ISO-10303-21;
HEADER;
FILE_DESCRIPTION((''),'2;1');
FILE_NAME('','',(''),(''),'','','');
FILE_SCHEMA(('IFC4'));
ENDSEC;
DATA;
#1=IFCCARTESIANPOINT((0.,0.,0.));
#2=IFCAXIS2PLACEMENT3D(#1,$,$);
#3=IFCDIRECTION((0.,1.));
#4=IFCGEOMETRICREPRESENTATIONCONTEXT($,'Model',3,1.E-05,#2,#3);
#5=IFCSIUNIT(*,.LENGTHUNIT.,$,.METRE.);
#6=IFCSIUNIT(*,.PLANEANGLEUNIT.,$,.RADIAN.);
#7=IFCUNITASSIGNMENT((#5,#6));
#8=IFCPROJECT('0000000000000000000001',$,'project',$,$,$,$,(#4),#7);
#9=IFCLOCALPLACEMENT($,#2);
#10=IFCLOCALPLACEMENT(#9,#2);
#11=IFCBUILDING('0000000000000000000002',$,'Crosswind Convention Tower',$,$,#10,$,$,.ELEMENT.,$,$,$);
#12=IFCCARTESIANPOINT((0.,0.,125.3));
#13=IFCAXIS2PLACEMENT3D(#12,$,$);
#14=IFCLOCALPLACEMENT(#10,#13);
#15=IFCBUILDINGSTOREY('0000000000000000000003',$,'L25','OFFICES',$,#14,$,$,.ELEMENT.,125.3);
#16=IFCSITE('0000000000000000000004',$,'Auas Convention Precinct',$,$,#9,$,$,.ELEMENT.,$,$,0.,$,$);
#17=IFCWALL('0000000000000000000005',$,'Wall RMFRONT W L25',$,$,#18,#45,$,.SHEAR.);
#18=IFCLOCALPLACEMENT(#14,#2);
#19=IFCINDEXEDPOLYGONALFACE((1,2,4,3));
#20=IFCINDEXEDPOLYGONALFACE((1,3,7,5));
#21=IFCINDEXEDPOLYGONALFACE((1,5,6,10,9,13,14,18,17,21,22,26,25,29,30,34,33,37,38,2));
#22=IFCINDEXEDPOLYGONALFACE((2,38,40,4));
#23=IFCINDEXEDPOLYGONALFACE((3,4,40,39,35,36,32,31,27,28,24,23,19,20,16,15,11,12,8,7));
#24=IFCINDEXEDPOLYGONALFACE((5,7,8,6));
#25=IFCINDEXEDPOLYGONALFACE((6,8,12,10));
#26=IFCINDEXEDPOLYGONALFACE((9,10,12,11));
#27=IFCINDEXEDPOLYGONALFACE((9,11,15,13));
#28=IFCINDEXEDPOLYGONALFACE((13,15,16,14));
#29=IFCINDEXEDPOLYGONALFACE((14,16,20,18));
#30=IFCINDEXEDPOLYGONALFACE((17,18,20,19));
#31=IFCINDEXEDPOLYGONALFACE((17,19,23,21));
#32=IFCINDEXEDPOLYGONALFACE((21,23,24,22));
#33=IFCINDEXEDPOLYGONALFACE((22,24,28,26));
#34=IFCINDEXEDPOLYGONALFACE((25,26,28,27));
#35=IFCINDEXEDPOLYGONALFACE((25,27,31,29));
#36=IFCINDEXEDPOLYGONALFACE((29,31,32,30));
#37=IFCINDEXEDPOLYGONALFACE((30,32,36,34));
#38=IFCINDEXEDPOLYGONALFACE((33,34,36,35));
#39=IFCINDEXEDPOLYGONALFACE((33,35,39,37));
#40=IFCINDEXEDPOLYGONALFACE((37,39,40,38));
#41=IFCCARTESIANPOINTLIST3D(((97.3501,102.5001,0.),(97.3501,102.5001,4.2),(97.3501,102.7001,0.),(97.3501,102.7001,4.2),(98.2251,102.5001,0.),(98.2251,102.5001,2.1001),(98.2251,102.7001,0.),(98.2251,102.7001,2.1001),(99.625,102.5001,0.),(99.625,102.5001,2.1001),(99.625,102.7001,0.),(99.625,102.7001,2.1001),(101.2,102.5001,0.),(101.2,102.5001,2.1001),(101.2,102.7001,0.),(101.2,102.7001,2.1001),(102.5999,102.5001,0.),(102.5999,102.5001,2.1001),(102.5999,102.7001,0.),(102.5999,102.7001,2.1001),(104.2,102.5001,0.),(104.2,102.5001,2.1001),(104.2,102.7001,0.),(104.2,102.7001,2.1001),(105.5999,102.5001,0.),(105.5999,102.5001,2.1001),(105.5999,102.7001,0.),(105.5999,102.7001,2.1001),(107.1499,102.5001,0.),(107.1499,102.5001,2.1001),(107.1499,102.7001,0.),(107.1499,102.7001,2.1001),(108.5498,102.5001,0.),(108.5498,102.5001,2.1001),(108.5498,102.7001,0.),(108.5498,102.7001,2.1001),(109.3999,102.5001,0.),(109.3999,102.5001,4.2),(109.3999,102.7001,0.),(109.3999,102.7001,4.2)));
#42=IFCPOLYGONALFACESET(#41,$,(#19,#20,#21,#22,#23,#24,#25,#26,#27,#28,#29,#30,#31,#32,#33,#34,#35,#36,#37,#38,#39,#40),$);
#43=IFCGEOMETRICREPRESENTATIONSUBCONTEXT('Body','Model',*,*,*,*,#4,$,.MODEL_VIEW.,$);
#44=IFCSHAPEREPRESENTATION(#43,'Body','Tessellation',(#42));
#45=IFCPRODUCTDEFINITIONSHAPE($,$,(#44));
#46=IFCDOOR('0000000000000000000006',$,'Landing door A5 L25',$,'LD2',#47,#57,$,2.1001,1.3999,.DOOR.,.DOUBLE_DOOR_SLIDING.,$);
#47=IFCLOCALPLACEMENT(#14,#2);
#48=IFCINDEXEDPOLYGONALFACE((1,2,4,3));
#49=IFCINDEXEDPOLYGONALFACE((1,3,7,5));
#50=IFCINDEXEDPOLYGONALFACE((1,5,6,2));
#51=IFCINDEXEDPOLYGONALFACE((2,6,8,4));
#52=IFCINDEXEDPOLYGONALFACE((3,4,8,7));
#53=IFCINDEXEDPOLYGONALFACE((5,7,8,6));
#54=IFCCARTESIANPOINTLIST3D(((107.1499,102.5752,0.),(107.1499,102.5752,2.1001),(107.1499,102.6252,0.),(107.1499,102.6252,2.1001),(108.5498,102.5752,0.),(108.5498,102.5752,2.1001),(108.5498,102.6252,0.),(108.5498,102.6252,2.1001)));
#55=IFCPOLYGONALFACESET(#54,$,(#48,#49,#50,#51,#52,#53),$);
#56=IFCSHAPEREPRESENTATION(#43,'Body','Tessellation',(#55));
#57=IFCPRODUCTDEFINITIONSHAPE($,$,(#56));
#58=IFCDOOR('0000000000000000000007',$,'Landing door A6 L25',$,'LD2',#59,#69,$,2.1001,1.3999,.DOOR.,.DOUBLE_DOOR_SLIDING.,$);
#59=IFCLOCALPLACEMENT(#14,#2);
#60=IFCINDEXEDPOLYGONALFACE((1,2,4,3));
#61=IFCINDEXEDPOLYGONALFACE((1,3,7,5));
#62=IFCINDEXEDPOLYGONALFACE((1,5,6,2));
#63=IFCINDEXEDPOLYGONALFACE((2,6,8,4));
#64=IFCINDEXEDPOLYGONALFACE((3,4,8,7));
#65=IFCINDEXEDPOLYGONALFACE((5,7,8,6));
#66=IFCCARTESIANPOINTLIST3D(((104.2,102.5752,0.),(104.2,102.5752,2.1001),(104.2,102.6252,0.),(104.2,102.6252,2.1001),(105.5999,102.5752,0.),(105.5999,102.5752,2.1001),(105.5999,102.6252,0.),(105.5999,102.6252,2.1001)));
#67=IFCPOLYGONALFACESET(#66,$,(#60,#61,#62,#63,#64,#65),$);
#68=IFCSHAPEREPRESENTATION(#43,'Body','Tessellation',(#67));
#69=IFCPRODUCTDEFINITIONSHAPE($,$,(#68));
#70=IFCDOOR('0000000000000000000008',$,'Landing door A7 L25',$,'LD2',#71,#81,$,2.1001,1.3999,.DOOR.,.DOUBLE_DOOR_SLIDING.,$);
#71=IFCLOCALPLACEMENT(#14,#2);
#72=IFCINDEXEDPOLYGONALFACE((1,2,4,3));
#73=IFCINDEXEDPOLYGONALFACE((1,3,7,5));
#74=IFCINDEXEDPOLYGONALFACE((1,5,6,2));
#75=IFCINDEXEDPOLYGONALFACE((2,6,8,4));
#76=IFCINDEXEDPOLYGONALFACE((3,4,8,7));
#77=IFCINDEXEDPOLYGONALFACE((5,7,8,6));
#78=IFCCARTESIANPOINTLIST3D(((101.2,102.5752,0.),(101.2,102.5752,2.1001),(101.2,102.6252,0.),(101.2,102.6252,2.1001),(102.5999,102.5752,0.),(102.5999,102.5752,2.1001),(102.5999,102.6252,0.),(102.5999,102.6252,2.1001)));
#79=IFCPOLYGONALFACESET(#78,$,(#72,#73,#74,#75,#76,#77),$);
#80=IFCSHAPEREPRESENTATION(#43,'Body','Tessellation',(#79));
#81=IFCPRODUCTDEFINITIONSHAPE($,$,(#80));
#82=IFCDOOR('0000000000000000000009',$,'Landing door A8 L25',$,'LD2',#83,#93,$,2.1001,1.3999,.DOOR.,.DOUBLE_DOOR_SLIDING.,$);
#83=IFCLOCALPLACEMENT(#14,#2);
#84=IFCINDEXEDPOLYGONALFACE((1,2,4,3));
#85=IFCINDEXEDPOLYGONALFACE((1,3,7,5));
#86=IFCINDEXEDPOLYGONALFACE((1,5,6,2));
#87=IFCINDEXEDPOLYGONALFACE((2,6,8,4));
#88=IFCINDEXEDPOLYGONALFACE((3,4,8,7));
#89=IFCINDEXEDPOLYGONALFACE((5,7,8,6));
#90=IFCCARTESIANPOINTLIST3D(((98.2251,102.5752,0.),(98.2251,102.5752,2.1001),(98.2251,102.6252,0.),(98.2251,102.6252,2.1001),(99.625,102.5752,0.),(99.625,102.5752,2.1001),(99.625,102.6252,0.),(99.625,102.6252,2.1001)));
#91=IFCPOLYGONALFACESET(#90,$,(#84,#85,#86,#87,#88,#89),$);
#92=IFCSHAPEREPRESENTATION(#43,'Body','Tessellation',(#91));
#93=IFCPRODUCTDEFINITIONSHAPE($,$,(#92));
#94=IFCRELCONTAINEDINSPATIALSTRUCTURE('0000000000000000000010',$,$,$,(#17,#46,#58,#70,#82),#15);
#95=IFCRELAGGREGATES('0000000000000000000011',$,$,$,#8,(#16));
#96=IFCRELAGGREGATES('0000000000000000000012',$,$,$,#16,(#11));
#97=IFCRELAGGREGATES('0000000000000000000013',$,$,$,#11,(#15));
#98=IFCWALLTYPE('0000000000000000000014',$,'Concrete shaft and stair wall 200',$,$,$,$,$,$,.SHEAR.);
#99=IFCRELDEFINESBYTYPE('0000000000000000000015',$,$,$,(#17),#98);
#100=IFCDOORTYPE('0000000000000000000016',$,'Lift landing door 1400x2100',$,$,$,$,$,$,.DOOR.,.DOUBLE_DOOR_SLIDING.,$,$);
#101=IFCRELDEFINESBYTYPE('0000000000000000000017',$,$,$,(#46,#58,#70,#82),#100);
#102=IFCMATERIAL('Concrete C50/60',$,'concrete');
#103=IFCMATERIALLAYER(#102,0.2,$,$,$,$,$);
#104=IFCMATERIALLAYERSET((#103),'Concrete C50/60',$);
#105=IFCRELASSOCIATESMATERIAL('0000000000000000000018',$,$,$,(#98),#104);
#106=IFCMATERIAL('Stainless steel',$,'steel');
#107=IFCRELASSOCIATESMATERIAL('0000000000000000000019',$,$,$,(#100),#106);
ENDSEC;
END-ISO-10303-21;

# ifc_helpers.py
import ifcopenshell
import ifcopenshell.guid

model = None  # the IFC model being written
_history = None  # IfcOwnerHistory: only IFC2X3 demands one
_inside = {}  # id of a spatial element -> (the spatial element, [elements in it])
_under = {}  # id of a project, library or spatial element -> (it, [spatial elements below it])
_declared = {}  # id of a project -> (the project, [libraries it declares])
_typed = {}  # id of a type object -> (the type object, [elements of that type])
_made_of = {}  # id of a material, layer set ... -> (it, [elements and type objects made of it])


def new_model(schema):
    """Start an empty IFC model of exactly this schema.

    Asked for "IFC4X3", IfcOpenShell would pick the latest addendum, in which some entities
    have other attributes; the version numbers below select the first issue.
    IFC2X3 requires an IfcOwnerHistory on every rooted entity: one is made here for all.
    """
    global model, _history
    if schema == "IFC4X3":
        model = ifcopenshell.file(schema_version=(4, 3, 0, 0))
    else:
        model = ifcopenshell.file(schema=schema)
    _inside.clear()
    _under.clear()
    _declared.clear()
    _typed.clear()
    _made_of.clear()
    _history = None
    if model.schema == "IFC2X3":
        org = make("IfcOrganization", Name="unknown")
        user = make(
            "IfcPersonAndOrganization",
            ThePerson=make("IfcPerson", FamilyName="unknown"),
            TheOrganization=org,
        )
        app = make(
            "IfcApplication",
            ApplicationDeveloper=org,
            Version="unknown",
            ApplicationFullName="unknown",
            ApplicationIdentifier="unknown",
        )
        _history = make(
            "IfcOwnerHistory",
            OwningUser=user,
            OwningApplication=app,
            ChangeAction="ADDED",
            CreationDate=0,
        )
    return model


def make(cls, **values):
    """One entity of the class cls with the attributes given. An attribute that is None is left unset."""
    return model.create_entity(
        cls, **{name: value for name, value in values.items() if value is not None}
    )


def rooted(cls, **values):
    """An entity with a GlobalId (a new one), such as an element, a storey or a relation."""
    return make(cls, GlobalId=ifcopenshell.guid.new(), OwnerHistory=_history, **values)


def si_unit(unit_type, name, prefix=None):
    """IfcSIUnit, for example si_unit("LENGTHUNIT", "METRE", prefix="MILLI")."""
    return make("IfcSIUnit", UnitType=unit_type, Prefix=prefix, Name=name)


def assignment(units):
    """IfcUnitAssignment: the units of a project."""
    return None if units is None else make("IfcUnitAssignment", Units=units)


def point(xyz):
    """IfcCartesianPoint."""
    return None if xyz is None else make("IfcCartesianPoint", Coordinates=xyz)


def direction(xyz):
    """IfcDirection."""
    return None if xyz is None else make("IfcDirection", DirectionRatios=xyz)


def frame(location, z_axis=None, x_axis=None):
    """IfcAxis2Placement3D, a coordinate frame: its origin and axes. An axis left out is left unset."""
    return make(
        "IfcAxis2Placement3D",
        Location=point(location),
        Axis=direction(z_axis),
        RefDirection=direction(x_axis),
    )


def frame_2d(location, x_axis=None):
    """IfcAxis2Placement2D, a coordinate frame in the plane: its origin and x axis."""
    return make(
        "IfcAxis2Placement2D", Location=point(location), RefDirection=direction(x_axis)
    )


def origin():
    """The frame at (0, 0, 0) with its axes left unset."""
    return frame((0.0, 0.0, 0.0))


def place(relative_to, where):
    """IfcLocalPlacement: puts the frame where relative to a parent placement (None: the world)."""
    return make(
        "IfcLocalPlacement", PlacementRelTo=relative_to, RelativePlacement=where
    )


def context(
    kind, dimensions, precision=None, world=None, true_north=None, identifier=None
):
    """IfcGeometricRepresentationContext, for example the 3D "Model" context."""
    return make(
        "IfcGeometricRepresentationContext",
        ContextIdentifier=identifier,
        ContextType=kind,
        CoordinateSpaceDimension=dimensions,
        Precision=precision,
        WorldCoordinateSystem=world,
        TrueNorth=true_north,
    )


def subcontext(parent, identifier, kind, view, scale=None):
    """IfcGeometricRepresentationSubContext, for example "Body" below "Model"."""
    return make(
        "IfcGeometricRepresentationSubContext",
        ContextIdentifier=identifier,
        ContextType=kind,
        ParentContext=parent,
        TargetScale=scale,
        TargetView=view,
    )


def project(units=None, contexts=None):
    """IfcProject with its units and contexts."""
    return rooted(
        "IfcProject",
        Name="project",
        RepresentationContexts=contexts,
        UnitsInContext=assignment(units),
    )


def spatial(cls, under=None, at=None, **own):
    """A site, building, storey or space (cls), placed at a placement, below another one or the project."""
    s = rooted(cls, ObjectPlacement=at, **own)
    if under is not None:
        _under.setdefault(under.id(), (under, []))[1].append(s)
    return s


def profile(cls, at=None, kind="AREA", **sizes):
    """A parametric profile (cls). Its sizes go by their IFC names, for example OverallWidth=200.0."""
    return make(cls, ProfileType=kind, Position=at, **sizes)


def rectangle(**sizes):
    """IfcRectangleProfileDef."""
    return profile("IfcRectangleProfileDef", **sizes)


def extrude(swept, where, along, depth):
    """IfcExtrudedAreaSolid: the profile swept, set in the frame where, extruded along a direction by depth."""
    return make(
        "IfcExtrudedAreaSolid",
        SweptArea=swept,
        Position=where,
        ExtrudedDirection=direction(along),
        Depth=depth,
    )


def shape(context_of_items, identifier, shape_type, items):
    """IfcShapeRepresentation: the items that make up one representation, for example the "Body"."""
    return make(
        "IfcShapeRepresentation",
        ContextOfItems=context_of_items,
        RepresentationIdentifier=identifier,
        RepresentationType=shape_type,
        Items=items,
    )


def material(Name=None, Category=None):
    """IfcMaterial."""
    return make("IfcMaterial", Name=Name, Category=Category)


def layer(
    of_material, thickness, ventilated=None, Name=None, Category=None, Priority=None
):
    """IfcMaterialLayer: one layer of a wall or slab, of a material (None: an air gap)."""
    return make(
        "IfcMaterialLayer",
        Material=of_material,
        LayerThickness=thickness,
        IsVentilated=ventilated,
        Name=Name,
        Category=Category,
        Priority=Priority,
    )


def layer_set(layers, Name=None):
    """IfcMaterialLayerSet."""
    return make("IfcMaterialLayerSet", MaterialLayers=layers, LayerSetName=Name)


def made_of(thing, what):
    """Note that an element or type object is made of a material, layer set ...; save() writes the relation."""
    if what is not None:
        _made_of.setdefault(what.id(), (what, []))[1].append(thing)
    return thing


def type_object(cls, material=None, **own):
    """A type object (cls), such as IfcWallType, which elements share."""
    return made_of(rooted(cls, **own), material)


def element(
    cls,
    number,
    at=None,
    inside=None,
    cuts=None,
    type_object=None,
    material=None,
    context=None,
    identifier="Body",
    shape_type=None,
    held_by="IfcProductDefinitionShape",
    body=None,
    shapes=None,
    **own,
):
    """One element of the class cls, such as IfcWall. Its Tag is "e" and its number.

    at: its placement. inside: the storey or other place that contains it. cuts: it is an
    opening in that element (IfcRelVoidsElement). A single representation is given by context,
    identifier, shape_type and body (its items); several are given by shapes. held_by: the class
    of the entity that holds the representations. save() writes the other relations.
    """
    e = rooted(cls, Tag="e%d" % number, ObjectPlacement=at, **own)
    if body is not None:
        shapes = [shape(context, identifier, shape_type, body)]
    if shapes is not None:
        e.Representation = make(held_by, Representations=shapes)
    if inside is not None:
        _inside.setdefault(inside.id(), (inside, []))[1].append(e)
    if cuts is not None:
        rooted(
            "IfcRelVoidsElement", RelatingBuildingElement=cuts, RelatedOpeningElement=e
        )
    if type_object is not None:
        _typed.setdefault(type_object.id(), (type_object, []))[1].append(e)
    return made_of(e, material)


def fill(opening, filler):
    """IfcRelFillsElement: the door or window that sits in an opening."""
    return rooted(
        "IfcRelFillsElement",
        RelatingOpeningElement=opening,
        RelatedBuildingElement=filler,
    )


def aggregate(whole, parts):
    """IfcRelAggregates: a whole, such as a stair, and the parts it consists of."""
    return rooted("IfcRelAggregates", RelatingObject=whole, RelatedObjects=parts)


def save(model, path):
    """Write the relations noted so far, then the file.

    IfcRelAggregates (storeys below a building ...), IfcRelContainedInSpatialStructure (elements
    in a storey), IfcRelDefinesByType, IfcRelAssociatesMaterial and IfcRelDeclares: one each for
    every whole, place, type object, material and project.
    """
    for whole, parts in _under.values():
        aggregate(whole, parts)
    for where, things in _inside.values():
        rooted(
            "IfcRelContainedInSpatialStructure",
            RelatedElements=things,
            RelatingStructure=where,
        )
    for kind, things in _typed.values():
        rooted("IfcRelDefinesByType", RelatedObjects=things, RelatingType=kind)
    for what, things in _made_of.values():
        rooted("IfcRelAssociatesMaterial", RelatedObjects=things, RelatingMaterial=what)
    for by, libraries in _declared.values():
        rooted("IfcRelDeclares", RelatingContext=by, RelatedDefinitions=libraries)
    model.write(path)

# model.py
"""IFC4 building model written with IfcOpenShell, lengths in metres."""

from ifc_helpers import new_model, si_unit, direction, frame, frame_2d, origin, place, context, subcontext, project, spatial, rectangle, extrude, material, layer, layer_set, type_object, element, fill, save


model = new_model("IFC4")

# Units and contexts
model_context = context("Model", 3, precision=1e-05, world=origin(), true_north=direction((0.0, 1.0)))
body_context = subcontext(model_context, "Body", "Model", "MODEL_VIEW")
ifc_project = project(units=[si_unit("LENGTHUNIT", "METRE"), si_unit("PLANEANGLEUNIT", "RADIAN")], contexts=[model_context])

# Site, building, storey
site_placement = place(None, origin())
site = spatial("IfcSite", under=ifc_project, at=site_placement, Name="Auas Convention Precinct", CompositionType="ELEMENT", RefElevation=0.0)
building_placement = place(site_placement, origin())
building = spatial("IfcBuilding", under=site, at=building_placement, Name="Crosswind Convention Tower", CompositionType="ELEMENT")
storey_placement = place(building_placement, frame((0.0, 0.0, 125.3)))
storey = spatial("IfcBuildingStorey", under=building, at=storey_placement, Name="L25", Description="OFFICES", CompositionType="ELEMENT", Elevation=125.3)

# Shared definitions
ifc_material_1 = material(Name="Concrete C50/60", Category="concrete")
ifc_layer_1 = layer(ifc_material_1, 0.2)
ifc_layer_set_1 = layer_set([ifc_layer_1], Name="Concrete C50/60")
wall_type_1 = type_object("IfcWallType", Name="Concrete shaft and stair wall 200", PredefinedType="SHEAR", material=ifc_layer_set_1)

# Wall, openings, doors
wall_1_placement = place(storey_placement, frame((109.3999, 102.6001, 0.0), z_axis=(0.0, 0.0, 1.0), x_axis=(-1.0, 0.0, 0.0)))
wall_1 = element("IfcWall", 1, at=wall_1_placement, inside=storey, type_object=wall_type_1, Name="Wall RMFRONT W L25", PredefinedType="SHEAR", context=body_context, shape_type="SweptSolid", body=[
    extrude(rectangle(XDim=12.0498, YDim=0.2, at=frame_2d((6.0249, 0.0))), origin(), (0.0, 0.0, 1.0), 4.2),
])
opening_1_placement = place(wall_1_placement, frame((0.8501, 0.0, 0.0)))
opening_1 = element("IfcOpeningElement", 2, at=opening_1_placement, cuts=wall_1, PredefinedType="OPENING", context=body_context, shape_type="SweptSolid", body=[
    extrude(rectangle(XDim=1.3999, YDim=2.1001, at=frame_2d((0.7, 1.05))), frame((0.0, 0.1099, 0.0), z_axis=(0.0, -1.0, 0.0), x_axis=(1.0, 0.0, 0.0)), (0.0, 0.0, 1.0), 0.22),
])
opening_2_placement = place(wall_1_placement, frame((3.8, 0.0, 0.0)))
opening_2 = element("IfcOpeningElement", 3, at=opening_2_placement, cuts=wall_1, PredefinedType="OPENING", context=body_context, shape_type="SweptSolid", body=[
    extrude(rectangle(XDim=1.3999, YDim=2.1001, at=frame_2d((0.7, 1.05))), frame((0.0, 0.1099, 0.0), z_axis=(0.0, -1.0, 0.0), x_axis=(1.0, 0.0, 0.0)), (0.0, 0.0, 1.0), 0.22),
])
opening_3_placement = place(wall_1_placement, frame((6.8, 0.0, 0.0)))
opening_3 = element("IfcOpeningElement", 4, at=opening_3_placement, cuts=wall_1, PredefinedType="OPENING", context=body_context, shape_type="SweptSolid", body=[
    extrude(rectangle(XDim=1.3999, YDim=2.1001, at=frame_2d((0.7, 1.05))), frame((0.0, 0.1099, 0.0), z_axis=(0.0, -1.0, 0.0), x_axis=(1.0, 0.0, 0.0)), (0.0, 0.0, 1.0), 0.22),
])
opening_4_placement = place(wall_1_placement, frame((9.7749, 0.0, 0.0)))
opening_4 = element("IfcOpeningElement", 5, at=opening_4_placement, cuts=wall_1, PredefinedType="OPENING", context=body_context, shape_type="SweptSolid", body=[
    extrude(rectangle(XDim=1.3999, YDim=2.1001, at=frame_2d((0.7, 1.05))), frame((0.0, 0.1099, 0.0), z_axis=(0.0, -1.0, 0.0), x_axis=(1.0, 0.0, 0.0)), (0.0, 0.0, 1.0), 0.22),
])
ifc_material_2 = material(Name="Stainless steel", Category="steel")
door_type_1 = type_object("IfcDoorType", Name="Lift landing door 1400x2100", OperationType="DOUBLE_DOOR_SLIDING", PredefinedType="DOOR", material=ifc_material_2)
door_1_placement = place(opening_1_placement, origin())
door_1 = element("IfcDoor", 6, at=door_1_placement, inside=storey, type_object=door_type_1, Name="Landing door A5 L25", ObjectType="LD2", OperationType="DOUBLE_DOOR_SLIDING", OverallHeight=2.1001, OverallWidth=1.3999, PredefinedType="DOOR", context=body_context, shape_type="SweptSolid", body=[
    extrude(rectangle(XDim=1.3999, YDim=2.1001, at=frame_2d((0.7, 1.05))), frame((0.0, 0.0249, 0.0), z_axis=(0.0, -1.0, 0.0), x_axis=(1.0, 0.0, 0.0)), (0.0, 0.0, 1.0), 0.05),
])
fill(opening_1, door_1)
door_2_placement = place(opening_2_placement, origin())
door_2 = element("IfcDoor", 7, at=door_2_placement, inside=storey, type_object=door_type_1, Name="Landing door A6 L25", ObjectType="LD2", OperationType="DOUBLE_DOOR_SLIDING", OverallHeight=2.1001, OverallWidth=1.3999, PredefinedType="DOOR", context=body_context, shape_type="SweptSolid", body=[
    extrude(rectangle(XDim=1.3999, YDim=2.1001, at=frame_2d((0.7, 1.05))), frame((0.0, 0.0249, 0.0), z_axis=(0.0, -1.0, 0.0), x_axis=(1.0, 0.0, 0.0)), (0.0, 0.0, 1.0), 0.05),
])
fill(opening_2, door_2)
door_3_placement = place(opening_3_placement, origin())
door_3 = element("IfcDoor", 8, at=door_3_placement, inside=storey, type_object=door_type_1, Name="Landing door A7 L25", ObjectType="LD2", OperationType="DOUBLE_DOOR_SLIDING", OverallHeight=2.1001, OverallWidth=1.3999, PredefinedType="DOOR", context=body_context, shape_type="SweptSolid", body=[
    extrude(rectangle(XDim=1.3999, YDim=2.1001, at=frame_2d((0.7, 1.05))), frame((0.0, 0.0249, 0.0), z_axis=(0.0, -1.0, 0.0), x_axis=(1.0, 0.0, 0.0)), (0.0, 0.0, 1.0), 0.05),
])
fill(opening_3, door_3)
door_4_placement = place(opening_4_placement, origin())
door_4 = element("IfcDoor", 9, at=door_4_placement, inside=storey, type_object=door_type_1, Name="Landing door A8 L25", ObjectType="LD2", OperationType="DOUBLE_DOOR_SLIDING", OverallHeight=2.1001, OverallWidth=1.3999, PredefinedType="DOOR", context=body_context, shape_type="SweptSolid", body=[
    extrude(rectangle(XDim=1.3999, YDim=2.1001, at=frame_2d((0.7, 1.05))), frame((0.0, 0.0249, 0.0), z_axis=(0.0, -1.0, 0.0), x_axis=(1.0, 0.0, 0.0)), (0.0, 0.0, 1.0), 0.05),
])
fill(opening_4, door_4)

save(model, "model.ifc")
